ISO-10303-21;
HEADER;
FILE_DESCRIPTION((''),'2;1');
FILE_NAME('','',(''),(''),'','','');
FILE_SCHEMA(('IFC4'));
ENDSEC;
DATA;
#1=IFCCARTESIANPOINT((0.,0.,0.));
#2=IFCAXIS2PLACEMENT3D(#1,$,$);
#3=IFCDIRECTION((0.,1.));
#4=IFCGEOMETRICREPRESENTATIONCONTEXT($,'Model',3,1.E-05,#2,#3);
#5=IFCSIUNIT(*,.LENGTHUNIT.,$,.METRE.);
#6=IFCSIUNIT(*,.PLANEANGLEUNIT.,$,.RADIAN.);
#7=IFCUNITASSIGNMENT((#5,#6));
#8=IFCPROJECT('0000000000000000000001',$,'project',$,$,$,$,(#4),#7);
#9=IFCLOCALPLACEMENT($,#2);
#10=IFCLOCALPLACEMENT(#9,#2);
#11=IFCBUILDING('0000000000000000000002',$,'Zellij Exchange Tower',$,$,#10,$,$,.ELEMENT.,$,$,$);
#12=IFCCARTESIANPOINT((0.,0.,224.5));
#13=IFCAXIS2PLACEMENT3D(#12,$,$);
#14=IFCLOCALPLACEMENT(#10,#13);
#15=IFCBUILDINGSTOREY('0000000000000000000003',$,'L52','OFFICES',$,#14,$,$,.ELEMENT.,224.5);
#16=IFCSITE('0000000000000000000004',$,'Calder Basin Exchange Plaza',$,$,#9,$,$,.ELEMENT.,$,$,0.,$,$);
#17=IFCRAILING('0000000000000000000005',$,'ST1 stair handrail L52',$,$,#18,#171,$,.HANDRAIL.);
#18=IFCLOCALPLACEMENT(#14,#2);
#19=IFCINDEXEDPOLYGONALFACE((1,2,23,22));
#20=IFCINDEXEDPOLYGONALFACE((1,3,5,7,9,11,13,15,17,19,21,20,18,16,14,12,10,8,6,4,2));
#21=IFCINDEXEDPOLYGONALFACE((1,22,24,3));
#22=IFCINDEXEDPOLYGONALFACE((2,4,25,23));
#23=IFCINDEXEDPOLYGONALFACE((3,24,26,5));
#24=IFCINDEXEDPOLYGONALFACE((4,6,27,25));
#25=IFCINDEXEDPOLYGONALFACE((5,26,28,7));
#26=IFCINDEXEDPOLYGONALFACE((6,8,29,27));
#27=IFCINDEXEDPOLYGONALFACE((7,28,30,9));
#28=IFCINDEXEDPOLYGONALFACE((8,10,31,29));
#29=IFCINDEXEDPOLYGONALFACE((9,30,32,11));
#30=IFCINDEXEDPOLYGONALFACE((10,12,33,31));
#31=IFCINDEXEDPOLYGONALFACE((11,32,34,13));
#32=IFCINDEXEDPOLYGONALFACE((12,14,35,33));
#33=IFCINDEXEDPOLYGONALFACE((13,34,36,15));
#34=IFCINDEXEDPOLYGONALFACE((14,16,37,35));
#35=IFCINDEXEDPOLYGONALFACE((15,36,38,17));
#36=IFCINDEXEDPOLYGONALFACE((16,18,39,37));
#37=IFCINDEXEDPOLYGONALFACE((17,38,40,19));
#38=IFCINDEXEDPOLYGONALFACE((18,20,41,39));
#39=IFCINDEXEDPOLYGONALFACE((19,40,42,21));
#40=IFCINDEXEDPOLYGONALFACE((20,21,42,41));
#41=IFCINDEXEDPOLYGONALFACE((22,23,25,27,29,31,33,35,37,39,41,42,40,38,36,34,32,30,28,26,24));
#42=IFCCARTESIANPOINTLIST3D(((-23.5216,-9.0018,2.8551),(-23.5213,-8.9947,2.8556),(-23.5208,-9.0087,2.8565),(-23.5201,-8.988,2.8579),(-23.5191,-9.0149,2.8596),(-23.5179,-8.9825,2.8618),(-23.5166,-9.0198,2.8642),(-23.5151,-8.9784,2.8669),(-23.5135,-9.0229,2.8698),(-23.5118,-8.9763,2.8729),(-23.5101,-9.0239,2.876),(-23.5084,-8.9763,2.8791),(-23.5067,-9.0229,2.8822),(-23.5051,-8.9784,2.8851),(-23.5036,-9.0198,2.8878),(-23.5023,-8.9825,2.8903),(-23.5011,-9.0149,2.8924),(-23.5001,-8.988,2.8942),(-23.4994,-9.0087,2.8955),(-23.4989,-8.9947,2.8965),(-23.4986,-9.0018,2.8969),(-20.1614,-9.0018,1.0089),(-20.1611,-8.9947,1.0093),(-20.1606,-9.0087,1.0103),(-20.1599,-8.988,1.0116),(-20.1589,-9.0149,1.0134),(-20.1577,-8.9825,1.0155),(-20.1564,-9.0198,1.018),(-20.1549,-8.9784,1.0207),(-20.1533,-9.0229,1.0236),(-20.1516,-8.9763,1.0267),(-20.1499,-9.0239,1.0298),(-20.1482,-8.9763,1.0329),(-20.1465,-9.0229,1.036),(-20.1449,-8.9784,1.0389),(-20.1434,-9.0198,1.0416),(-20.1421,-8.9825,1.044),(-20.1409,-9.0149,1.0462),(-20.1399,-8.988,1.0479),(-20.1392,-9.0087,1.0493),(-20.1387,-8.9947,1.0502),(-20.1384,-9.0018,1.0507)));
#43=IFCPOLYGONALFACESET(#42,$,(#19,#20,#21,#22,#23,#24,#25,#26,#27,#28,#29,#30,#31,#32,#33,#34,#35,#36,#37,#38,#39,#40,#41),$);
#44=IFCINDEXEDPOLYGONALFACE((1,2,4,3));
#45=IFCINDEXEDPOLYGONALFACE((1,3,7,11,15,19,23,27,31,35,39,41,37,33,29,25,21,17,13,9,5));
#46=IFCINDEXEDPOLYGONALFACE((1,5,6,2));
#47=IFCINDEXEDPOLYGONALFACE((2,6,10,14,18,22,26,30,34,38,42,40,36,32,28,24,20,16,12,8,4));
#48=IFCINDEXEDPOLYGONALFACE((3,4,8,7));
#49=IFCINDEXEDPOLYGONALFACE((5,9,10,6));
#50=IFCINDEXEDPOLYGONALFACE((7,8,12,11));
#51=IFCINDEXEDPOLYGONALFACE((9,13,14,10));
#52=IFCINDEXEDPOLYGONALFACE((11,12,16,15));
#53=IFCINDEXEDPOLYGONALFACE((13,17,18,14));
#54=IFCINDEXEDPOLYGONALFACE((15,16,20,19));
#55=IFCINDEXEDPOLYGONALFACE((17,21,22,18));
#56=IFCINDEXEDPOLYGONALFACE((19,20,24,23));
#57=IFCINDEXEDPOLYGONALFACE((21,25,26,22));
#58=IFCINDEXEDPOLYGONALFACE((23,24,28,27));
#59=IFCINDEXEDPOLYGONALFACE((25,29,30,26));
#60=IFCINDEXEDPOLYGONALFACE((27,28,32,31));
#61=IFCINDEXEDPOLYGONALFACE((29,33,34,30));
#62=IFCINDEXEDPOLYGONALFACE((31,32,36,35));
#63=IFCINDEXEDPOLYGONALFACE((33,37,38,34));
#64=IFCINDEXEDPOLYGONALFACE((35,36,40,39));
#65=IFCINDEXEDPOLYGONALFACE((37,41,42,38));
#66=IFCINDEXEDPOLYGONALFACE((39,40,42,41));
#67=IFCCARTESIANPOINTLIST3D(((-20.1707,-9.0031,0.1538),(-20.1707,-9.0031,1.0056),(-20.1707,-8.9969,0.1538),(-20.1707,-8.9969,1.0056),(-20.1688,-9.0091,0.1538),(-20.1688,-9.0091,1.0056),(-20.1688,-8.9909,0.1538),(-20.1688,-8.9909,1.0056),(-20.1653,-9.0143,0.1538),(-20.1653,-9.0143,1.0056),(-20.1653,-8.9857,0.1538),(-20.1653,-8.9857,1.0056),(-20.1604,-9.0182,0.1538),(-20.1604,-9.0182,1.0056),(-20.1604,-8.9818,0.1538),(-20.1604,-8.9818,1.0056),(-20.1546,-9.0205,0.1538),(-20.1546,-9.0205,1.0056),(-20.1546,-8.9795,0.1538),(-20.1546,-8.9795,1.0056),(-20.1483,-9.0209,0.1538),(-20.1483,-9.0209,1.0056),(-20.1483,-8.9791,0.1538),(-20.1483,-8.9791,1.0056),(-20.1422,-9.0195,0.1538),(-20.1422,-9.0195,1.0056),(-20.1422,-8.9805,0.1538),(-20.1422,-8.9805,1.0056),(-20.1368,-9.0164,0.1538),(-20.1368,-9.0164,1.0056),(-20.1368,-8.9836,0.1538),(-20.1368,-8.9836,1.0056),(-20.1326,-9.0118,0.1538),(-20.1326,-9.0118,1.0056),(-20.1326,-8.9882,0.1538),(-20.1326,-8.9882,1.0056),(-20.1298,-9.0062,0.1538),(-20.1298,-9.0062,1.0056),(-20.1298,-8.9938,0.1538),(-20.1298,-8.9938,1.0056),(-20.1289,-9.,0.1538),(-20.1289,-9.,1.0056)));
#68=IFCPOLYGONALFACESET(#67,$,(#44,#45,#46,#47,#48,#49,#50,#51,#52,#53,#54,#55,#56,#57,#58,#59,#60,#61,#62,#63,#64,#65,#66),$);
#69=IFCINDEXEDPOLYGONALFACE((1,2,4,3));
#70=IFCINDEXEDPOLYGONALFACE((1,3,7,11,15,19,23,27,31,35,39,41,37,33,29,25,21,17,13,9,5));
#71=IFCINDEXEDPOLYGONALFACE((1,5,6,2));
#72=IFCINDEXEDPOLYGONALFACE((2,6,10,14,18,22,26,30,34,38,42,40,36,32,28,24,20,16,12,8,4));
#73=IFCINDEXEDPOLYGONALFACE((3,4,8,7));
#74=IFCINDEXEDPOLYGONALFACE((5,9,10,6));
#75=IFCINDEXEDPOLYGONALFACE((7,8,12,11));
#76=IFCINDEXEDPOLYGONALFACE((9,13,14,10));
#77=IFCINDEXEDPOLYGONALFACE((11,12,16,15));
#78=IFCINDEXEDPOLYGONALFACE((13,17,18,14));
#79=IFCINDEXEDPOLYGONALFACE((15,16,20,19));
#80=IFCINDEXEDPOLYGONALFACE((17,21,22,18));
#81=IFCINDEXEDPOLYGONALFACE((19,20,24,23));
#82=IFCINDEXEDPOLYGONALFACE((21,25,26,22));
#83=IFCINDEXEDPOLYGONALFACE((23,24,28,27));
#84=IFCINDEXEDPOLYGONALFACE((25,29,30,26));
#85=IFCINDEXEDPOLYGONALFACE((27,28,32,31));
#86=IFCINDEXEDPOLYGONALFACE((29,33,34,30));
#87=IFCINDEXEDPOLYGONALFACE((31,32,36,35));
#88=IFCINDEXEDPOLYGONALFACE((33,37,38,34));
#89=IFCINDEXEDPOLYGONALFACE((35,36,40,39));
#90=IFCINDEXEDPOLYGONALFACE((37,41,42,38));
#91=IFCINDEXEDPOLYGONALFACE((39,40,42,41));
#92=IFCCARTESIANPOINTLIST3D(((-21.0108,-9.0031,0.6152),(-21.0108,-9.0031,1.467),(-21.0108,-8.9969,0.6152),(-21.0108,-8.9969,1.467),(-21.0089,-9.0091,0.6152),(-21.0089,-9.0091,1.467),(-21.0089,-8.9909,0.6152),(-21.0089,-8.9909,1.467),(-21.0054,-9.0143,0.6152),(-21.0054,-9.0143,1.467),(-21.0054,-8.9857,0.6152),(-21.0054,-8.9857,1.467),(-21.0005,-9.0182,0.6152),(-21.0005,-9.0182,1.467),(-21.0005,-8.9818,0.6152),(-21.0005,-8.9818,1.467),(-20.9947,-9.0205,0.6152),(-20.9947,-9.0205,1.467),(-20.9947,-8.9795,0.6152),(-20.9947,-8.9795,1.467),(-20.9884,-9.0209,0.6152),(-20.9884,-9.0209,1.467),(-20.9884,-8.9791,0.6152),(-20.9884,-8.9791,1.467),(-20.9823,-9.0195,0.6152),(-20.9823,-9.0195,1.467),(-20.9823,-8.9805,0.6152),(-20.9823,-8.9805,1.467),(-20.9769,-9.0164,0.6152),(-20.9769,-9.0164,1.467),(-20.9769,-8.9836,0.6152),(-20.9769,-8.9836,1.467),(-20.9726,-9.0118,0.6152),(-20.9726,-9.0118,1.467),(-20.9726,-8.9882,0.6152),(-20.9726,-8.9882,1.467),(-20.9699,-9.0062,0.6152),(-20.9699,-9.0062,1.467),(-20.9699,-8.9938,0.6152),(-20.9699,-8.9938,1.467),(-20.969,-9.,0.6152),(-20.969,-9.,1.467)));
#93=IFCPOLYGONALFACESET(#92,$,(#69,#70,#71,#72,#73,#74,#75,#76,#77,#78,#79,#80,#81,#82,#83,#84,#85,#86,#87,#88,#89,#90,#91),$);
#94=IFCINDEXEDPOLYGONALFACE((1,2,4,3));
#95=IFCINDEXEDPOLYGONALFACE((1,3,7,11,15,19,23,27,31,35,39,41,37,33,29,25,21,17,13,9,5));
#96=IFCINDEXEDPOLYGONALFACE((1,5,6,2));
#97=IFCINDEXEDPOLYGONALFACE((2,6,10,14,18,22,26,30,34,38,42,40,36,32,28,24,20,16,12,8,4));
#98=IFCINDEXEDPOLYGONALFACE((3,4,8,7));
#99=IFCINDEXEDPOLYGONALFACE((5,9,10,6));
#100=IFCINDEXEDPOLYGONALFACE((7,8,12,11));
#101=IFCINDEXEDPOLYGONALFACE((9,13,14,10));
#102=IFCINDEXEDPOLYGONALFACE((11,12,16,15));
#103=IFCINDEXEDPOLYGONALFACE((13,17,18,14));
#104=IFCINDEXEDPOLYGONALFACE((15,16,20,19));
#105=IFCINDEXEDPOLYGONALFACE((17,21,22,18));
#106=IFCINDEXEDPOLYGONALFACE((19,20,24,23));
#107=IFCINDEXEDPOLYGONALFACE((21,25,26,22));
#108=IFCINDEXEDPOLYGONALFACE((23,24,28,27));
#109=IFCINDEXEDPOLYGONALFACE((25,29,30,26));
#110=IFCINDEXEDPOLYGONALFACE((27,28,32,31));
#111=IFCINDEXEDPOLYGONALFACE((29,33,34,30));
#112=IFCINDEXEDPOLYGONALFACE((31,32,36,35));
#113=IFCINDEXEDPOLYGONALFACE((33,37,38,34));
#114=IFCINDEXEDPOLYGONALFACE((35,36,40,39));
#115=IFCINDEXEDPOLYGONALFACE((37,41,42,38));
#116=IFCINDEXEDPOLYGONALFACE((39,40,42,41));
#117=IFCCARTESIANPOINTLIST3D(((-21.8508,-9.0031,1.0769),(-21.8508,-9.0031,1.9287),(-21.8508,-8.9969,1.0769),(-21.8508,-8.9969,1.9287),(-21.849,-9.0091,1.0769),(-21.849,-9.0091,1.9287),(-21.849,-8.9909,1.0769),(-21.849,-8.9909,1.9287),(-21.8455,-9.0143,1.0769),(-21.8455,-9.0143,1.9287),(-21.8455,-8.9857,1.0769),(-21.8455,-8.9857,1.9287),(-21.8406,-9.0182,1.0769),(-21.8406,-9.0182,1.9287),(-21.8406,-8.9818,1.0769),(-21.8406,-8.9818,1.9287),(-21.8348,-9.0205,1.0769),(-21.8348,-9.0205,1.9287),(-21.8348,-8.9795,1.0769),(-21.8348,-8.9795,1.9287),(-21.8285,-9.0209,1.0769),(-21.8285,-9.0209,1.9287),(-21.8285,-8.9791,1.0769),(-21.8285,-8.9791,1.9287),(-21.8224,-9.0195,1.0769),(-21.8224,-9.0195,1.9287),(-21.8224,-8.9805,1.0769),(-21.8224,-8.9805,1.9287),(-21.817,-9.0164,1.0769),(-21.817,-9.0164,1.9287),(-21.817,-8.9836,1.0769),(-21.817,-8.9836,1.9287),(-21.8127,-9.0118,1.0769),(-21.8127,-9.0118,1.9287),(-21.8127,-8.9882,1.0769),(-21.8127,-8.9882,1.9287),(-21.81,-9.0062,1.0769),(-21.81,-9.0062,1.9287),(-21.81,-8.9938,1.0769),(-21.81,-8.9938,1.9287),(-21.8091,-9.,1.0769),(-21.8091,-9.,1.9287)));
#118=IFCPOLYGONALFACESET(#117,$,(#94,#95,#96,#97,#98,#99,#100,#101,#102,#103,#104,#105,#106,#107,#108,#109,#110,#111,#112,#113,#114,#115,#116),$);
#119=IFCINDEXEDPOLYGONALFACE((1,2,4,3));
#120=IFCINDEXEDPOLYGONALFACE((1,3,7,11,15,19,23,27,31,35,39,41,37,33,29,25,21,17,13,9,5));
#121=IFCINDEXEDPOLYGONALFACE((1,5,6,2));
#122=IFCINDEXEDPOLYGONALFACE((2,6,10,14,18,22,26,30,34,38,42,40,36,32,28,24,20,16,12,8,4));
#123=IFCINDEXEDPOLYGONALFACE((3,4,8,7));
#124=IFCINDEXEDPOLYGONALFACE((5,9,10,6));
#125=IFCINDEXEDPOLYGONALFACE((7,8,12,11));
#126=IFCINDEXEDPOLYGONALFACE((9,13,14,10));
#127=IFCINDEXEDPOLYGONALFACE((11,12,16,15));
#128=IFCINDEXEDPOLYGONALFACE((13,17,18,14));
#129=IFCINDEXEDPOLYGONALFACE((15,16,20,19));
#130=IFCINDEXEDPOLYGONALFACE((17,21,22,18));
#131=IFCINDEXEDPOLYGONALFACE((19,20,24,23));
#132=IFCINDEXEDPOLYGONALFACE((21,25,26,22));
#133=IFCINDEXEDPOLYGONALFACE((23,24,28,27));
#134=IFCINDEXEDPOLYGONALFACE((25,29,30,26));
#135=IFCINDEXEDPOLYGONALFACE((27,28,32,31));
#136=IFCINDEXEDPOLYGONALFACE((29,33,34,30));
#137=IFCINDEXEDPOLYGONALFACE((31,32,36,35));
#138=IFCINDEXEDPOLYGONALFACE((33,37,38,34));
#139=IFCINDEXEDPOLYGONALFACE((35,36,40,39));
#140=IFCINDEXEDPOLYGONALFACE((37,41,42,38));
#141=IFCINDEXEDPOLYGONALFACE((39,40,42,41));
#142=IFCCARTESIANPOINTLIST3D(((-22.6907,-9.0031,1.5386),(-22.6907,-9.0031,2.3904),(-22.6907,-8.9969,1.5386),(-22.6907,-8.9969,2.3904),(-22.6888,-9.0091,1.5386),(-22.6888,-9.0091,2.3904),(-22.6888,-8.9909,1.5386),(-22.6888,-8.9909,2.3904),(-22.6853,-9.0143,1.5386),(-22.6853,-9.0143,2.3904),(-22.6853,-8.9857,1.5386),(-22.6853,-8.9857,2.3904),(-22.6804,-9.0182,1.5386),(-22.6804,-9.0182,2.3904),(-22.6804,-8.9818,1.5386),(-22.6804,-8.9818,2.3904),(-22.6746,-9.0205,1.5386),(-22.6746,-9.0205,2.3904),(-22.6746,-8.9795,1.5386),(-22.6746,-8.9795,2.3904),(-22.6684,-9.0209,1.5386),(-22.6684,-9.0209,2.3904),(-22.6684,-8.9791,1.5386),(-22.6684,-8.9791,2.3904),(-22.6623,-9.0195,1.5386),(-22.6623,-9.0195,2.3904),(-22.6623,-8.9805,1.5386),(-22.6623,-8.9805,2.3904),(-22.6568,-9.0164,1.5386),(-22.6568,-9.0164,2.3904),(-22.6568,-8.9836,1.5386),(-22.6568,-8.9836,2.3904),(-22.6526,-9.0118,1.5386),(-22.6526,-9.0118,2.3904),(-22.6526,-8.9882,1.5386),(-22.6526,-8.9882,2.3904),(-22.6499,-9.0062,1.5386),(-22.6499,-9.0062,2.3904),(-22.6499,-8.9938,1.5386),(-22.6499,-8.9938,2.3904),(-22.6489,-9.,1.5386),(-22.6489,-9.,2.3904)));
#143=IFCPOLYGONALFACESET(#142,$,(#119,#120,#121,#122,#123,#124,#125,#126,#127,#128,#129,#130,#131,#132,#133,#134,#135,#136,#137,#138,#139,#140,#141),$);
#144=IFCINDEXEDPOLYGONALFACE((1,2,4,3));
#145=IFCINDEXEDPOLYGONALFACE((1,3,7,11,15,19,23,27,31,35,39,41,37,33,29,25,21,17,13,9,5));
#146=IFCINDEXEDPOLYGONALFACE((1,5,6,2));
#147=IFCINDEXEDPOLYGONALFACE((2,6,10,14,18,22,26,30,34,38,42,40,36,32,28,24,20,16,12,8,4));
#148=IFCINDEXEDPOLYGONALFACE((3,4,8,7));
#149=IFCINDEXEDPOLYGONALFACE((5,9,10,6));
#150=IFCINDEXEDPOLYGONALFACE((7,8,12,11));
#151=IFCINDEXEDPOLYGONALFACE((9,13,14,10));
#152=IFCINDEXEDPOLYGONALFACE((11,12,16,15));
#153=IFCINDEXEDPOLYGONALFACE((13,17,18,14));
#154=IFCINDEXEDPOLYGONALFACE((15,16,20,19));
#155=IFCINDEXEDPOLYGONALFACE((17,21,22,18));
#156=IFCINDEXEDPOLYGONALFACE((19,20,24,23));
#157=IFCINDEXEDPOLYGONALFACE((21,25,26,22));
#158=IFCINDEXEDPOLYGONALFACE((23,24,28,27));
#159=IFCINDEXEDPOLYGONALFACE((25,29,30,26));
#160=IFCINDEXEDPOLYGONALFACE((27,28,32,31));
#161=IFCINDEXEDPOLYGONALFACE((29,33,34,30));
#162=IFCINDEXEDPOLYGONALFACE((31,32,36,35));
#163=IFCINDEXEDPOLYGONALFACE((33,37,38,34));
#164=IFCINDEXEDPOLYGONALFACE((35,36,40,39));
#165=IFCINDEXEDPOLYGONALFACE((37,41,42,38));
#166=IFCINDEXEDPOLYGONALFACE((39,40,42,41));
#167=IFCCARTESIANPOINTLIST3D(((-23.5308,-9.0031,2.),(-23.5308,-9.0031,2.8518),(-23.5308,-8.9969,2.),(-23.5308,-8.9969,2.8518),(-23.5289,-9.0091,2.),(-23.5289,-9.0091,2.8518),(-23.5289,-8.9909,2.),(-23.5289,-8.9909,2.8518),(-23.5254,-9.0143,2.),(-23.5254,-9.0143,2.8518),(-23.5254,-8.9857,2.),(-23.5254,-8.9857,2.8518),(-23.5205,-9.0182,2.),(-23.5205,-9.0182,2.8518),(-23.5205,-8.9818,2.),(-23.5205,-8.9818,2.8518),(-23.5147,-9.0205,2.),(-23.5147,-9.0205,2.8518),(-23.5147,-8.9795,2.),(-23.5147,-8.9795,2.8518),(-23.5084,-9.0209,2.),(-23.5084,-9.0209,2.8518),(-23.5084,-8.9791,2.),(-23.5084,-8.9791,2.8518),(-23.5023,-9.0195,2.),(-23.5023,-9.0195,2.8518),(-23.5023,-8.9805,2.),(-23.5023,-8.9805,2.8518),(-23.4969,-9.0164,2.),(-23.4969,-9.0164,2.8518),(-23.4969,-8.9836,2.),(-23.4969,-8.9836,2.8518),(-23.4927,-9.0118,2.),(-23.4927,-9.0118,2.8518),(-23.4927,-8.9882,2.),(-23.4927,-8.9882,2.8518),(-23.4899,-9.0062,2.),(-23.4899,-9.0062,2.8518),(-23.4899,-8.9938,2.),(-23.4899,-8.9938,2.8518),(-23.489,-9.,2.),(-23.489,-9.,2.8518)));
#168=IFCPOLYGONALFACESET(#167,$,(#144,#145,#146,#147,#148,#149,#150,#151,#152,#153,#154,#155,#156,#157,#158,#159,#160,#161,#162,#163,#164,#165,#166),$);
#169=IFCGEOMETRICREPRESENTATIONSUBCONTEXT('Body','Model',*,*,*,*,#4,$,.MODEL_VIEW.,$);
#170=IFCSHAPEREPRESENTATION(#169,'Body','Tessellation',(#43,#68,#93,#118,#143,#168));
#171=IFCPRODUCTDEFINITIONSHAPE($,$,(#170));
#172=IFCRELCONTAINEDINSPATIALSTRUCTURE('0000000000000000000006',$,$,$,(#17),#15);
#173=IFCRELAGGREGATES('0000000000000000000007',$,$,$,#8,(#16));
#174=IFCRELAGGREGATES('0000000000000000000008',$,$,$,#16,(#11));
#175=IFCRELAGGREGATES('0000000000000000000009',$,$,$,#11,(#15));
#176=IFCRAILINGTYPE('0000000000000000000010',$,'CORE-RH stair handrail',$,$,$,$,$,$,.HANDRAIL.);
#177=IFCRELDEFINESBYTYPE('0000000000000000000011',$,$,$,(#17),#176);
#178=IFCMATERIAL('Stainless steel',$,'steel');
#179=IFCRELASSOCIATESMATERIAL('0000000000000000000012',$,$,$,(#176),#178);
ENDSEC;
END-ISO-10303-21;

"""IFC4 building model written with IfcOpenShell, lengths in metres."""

from ifc_helpers import new_model, si_unit, direction, frame, origin, origin_2d, place, context, subcontext, project, spatial, circle, extrude, material, type_object, element, save


model = new_model("IFC4")

# Units and contexts
model_context = context("Model", 3, precision=1e-05, world=origin(), true_north=direction((0.0, 1.0)))
body_context = subcontext(model_context, "Body", "Model", "MODEL_VIEW")
ifc_project = project(units=[si_unit("LENGTHUNIT", "METRE"), si_unit("PLANEANGLEUNIT", "RADIAN")], contexts=[model_context])

# Site, building, storey
site_placement = place(None, origin())
site = spatial("IfcSite", under=ifc_project, at=site_placement, Name="Calder Basin Exchange Plaza", CompositionType="ELEMENT", RefElevation=0.0)
building_placement = place(site_placement, origin())
building = spatial("IfcBuilding", under=site, at=building_placement, Name="Zellij Exchange Tower", CompositionType="ELEMENT")
storey_placement = place(building_placement, frame((0.0, 0.0, 224.5)))
storey = spatial("IfcBuildingStorey", under=building, at=storey_placement, Name="L52", Description="OFFICES", CompositionType="ELEMENT", Elevation=224.5)

# Railing
ifc_material_1 = material(Name="Stainless steel", Category="steel")
railing_type_1 = type_object("IfcRailingType", Name="CORE-RH stair handrail", PredefinedType="HANDRAIL", material=ifc_material_1)
railing_1_placement = place(storey_placement, frame((-20.1499, -9.0, 0.1538)))
element("IfcRailing", 1, at=railing_1_placement, inside=storey, type_object=railing_type_1, Name="ST1 stair handrail L52", PredefinedType="HANDRAIL", context=body_context, shape_type="SweptSolid", body=[
    extrude(circle(Radius=0.0239, at=origin_2d()), frame((0.0, 0.0, 0.876), z_axis=(-0.876422, 0.0, 0.481545), x_axis=(0.0, -1.0, 0.0)), (0.0, 0.0, 1.0), 3.834),
    extrude(circle(Radius=0.021, at=origin_2d()), origin(), (0.0, 0.0, 1.0), 0.8518),
    extrude(circle(Radius=0.021, at=origin_2d()), frame((-0.8401, 0.0, 0.4614)), (0.0, 0.0, 1.0), 0.8518),
    extrude(circle(Radius=0.021, at=origin_2d()), frame((-1.6802, 0.0, 0.9231)), (0.0, 0.0, 1.0), 0.8518),
    extrude(circle(Radius=0.021, at=origin_2d()), frame((-2.52, 0.0, 1.3848)), (0.0, 0.0, 1.0), 0.8518),
    extrude(circle(Radius=0.021, at=origin_2d()), frame((-3.3601, 0.0, 1.8462)), (0.0, 0.0, 1.0), 0.8518),
])

save(model, "model.ifc")
